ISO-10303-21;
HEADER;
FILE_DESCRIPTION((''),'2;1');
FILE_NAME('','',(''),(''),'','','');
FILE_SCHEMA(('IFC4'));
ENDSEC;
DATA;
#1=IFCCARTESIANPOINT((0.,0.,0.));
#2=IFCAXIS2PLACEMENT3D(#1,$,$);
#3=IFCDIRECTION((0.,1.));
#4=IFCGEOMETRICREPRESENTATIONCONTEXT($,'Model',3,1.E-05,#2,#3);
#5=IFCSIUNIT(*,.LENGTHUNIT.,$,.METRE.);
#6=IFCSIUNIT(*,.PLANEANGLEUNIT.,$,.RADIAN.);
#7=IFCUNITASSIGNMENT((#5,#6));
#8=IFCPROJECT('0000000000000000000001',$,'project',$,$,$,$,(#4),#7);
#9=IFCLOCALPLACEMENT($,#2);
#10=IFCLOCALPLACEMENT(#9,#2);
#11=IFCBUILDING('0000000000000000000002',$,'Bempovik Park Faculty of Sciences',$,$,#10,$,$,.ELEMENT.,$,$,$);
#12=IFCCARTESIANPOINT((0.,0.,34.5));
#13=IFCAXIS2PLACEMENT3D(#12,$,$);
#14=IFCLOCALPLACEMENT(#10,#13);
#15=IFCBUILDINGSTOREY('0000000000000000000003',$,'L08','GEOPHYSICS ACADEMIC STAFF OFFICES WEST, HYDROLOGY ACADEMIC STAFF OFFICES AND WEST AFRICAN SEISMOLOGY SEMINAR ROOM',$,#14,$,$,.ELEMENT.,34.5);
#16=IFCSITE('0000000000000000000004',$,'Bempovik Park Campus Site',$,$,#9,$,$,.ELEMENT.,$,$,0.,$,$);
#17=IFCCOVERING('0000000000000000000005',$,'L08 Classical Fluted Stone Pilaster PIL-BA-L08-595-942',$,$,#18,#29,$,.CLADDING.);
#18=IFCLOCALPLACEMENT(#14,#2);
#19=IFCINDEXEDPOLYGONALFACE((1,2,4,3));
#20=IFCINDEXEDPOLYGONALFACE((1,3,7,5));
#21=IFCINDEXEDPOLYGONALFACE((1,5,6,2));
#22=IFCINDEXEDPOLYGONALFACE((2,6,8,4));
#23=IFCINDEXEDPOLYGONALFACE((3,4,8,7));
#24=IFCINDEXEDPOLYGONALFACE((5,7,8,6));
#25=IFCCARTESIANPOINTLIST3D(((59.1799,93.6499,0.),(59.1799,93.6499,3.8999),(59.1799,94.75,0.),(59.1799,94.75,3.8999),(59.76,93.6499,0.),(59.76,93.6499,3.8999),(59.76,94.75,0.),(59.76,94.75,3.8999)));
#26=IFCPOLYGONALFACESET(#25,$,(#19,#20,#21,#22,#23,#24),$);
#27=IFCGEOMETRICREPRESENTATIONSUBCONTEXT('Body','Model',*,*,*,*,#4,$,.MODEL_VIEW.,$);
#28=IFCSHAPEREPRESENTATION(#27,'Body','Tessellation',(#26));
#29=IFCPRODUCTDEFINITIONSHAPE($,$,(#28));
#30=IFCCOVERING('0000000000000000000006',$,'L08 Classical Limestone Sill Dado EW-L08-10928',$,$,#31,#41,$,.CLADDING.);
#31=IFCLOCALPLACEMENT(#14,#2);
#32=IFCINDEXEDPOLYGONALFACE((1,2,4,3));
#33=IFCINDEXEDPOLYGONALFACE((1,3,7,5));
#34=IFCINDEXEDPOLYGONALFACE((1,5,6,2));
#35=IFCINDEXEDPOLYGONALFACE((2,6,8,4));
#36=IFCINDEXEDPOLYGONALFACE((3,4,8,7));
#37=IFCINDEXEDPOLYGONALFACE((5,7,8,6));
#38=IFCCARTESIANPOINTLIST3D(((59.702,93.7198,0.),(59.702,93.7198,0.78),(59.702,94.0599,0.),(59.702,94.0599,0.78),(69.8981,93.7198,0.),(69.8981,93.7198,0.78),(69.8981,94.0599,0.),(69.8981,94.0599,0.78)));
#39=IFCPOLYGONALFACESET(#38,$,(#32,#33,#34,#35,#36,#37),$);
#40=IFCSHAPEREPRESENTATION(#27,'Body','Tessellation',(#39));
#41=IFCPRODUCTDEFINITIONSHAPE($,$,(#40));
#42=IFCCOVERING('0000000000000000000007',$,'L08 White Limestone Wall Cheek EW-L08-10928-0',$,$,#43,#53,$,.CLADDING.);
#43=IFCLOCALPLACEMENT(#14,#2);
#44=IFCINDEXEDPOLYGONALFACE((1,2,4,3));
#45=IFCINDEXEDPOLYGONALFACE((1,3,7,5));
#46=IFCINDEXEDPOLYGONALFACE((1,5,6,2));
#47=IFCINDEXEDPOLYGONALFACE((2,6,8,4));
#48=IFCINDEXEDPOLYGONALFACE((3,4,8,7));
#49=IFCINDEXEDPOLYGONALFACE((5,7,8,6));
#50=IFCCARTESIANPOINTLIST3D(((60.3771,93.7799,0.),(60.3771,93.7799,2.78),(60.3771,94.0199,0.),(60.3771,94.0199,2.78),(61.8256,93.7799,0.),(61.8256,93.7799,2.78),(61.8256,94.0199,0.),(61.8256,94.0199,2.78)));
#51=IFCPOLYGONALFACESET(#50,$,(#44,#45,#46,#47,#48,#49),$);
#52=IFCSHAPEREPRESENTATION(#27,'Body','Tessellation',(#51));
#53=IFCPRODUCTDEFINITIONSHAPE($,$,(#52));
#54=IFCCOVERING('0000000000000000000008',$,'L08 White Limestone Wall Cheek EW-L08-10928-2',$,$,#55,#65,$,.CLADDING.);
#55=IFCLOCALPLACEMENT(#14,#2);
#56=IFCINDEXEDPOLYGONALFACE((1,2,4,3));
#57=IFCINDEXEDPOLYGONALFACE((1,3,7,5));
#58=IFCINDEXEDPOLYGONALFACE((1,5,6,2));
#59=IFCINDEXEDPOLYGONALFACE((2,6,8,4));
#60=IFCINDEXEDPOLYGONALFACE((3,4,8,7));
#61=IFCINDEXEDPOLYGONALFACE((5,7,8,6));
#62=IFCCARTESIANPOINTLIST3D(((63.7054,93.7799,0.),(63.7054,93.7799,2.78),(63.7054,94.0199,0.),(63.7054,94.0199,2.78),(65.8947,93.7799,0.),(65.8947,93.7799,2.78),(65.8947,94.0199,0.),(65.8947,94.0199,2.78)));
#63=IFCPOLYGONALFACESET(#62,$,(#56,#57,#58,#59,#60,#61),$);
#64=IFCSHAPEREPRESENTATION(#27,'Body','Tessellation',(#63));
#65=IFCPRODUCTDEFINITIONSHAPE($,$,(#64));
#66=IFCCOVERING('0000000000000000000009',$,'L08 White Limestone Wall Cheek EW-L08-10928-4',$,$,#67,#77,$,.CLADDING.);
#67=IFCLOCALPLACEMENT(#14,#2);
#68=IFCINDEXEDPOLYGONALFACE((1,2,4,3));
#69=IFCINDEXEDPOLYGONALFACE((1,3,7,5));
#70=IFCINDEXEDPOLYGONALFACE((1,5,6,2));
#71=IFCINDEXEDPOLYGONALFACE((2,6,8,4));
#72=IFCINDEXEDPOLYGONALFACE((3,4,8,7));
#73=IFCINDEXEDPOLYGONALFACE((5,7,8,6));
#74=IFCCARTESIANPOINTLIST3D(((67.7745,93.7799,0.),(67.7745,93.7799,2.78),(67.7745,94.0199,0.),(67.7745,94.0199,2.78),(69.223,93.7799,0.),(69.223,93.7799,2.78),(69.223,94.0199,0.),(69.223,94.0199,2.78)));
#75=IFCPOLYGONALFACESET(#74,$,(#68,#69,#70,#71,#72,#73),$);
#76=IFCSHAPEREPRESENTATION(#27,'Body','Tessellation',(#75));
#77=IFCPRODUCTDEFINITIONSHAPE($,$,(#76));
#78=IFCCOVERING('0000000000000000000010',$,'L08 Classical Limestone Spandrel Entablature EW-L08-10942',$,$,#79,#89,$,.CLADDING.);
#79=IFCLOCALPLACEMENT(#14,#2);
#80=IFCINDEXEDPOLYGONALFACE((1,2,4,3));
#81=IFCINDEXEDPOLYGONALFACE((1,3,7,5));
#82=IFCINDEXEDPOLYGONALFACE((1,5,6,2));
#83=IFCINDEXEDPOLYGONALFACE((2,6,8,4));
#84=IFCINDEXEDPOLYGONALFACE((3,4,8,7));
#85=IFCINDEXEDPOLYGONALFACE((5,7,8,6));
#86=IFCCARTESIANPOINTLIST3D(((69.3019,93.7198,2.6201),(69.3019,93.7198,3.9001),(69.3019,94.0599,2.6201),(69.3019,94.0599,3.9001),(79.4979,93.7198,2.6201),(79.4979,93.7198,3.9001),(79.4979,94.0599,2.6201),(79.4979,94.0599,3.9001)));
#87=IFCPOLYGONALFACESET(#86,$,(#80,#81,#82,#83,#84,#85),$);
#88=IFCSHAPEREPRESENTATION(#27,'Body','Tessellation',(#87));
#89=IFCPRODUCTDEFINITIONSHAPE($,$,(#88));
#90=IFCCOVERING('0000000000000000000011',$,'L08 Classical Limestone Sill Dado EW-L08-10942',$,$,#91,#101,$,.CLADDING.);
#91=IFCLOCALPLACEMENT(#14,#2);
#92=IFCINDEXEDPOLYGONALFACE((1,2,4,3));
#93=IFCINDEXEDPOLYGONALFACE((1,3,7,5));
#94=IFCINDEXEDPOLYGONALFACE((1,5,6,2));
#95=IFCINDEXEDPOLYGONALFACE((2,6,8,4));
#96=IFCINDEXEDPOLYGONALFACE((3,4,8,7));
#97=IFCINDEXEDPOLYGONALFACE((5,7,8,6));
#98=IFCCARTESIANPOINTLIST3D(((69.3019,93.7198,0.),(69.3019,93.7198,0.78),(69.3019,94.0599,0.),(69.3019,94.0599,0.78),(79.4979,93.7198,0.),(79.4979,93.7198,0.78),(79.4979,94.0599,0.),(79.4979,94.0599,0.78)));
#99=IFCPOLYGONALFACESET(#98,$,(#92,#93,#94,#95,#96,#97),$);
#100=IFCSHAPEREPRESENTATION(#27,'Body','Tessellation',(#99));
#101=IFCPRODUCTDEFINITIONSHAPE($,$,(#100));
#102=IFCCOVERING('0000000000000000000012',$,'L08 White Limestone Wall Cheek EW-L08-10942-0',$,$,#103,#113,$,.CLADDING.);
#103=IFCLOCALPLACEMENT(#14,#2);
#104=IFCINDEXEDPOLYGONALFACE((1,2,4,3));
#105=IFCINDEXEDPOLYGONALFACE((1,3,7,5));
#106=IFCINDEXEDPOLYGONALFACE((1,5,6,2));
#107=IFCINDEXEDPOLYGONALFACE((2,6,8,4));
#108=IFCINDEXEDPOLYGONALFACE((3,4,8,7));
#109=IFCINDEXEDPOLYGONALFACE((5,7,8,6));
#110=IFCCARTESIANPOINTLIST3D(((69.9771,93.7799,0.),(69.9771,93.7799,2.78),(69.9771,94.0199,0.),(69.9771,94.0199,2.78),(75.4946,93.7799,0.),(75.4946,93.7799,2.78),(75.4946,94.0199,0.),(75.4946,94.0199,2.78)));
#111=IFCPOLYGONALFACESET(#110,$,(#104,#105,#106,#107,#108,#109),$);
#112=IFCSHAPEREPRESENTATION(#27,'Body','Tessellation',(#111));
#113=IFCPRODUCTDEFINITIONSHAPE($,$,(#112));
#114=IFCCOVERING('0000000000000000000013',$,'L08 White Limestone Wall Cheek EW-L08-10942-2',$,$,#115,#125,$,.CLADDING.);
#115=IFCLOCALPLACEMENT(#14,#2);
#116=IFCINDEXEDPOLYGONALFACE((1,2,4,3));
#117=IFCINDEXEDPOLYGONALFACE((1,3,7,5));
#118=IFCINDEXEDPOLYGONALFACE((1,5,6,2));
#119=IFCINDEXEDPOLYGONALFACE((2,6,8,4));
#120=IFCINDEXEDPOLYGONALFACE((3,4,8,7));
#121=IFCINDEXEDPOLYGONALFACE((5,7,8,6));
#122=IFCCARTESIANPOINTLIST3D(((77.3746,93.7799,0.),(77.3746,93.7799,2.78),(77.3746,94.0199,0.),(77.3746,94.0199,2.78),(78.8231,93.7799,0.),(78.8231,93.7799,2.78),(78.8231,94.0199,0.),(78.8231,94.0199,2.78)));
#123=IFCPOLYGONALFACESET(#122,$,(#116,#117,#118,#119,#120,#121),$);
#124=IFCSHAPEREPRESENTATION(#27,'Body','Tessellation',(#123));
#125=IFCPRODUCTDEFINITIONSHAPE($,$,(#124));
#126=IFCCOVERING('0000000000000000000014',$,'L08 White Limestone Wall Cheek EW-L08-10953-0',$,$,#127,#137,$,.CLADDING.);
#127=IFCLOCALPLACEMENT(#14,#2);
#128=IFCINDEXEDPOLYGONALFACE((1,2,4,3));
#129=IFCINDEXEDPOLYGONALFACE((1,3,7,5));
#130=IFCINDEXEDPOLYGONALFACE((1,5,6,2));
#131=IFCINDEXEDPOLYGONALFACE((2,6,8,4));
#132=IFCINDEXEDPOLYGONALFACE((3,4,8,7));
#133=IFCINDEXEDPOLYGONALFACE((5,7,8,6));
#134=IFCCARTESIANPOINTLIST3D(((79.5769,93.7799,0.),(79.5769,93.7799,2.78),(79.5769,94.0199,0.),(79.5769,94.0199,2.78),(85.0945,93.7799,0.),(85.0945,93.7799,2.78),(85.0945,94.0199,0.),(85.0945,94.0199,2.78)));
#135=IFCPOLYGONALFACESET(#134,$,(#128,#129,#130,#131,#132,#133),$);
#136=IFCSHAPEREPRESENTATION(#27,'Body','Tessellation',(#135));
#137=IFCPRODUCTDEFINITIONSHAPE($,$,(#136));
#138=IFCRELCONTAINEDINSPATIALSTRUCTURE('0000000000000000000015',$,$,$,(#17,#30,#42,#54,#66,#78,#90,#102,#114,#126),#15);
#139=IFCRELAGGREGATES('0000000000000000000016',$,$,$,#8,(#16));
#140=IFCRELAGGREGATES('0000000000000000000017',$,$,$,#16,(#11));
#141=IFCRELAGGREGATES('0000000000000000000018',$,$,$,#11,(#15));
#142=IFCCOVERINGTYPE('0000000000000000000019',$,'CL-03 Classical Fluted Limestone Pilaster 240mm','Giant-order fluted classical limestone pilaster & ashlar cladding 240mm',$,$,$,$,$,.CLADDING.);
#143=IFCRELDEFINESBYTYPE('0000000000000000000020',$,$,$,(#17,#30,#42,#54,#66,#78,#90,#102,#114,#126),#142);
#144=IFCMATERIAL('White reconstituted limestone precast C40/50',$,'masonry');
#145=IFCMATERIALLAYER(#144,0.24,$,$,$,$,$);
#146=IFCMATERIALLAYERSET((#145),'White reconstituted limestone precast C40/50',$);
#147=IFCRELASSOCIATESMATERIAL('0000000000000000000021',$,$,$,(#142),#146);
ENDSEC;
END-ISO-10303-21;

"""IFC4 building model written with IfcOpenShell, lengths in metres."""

from ifc_helpers import new_model, si_unit, direction, frame, origin, origin_2d, place, context, subcontext, project, spatial, rectangle, extrude, material, layer, layer_set, type_object, element, save


model = new_model("IFC4")

# Units and contexts
model_context = context("Model", 3, precision=1e-05, world=origin(), true_north=direction((0.0, 1.0)))
body_context = subcontext(model_context, "Body", "Model", "MODEL_VIEW")
ifc_project = project(units=[si_unit("LENGTHUNIT", "METRE"), si_unit("PLANEANGLEUNIT", "RADIAN")], contexts=[model_context])

# Site, building, storey
site_placement = place(None, origin())
site = spatial("IfcSite", under=ifc_project, at=site_placement, Name="Bempovik Park Campus Site", CompositionType="ELEMENT", RefElevation=0.0)
building_placement = place(site_placement, origin())
building = spatial("IfcBuilding", under=site, at=building_placement, Name="Bempovik Park Faculty of Sciences", CompositionType="ELEMENT")
storey_placement = place(building_placement, frame((0.0, 0.0, 34.5)))
storey = spatial("IfcBuildingStorey", under=building, at=storey_placement, Name="L08", Description="GEOPHYSICS ACADEMIC STAFF OFFICES WEST, HYDROLOGY ACADEMIC STAFF OFFICES AND WEST AFRICAN SEISMOLOGY SEMINAR ROOM", CompositionType="ELEMENT", Elevation=34.5)

# Coverings
ifc_material_1 = material(Name="White reconstituted limestone precast C40/50", Category="masonry")
ifc_layer_1 = layer(ifc_material_1, 0.24)
ifc_layer_set_1 = layer_set([ifc_layer_1], Name="White reconstituted limestone precast C40/50")
covering_type = type_object("IfcCoveringType", Name="CL-03 Classical Fluted Limestone Pilaster 240mm", Description="Giant-order fluted classical limestone pilaster & ashlar cladding 240mm", PredefinedType="CLADDING", material=ifc_layer_set_1)
covering_1_placement = place(storey_placement, frame((59.47, 94.2, 0.0), z_axis=(0.0, 0.0, 1.0), x_axis=(1.0, 0.0, 0.0)))
element("IfcCovering", 1, at=covering_1_placement, inside=storey, type_object=covering_type, Name="L08 Classical Fluted Stone Pilaster PIL-BA-L08-595-942", PredefinedType="CLADDING", context=body_context, shape_type="SweptSolid", body=[
    extrude(rectangle(XDim=0.5801, YDim=1.1001, at=origin_2d()), origin(), (0.0, 0.0, 1.0), 3.8999),
])
covering_2_placement = place(storey_placement, frame((64.8, 93.8899, 0.0), z_axis=(0.0, 0.0, 1.0), x_axis=(1.0, 0.0, 0.0)))
element("IfcCovering", 2, at=covering_2_placement, inside=storey, type_object=covering_type, Name="L08 Classical Limestone Sill Dado EW-L08-10928", PredefinedType="CLADDING", context=body_context, shape_type="SweptSolid", body=[
    extrude(rectangle(XDim=10.196, YDim=0.3401, at=origin_2d()), origin(), (0.0, 0.0, 1.0), 0.78),
])
covering_3_placement = place(storey_placement, frame((61.1013, 93.8999, 0.0), z_axis=(0.0, 0.0, 1.0), x_axis=(1.0, 0.0, 0.0)))
element("IfcCovering", 3, at=covering_3_placement, inside=storey, type_object=covering_type, Name="L08 White Limestone Wall Cheek EW-L08-10928-0", PredefinedType="CLADDING", context=body_context, shape_type="SweptSolid", body=[
    extrude(rectangle(XDim=1.4485, YDim=0.24, at=origin_2d()), origin(), (0.0, 0.0, 1.0), 2.78),
])
covering_4_placement = place(storey_placement, frame((64.8, 93.8999, 0.0), z_axis=(0.0, 0.0, 1.0), x_axis=(1.0, 0.0, 0.0)))
element("IfcCovering", 4, at=covering_4_placement, inside=storey, type_object=covering_type, Name="L08 White Limestone Wall Cheek EW-L08-10928-2", PredefinedType="CLADDING", context=body_context, shape_type="SweptSolid", body=[
    extrude(rectangle(XDim=2.1892, YDim=0.24, at=origin_2d()), origin(), (0.0, 0.0, 1.0), 2.78),
])
covering_5_placement = place(storey_placement, frame((68.4988, 93.8999, 0.0), z_axis=(0.0, 0.0, 1.0), x_axis=(1.0, 0.0, 0.0)))
element("IfcCovering", 5, at=covering_5_placement, inside=storey, type_object=covering_type, Name="L08 White Limestone Wall Cheek EW-L08-10928-4", PredefinedType="CLADDING", context=body_context, shape_type="SweptSolid", body=[
    extrude(rectangle(XDim=1.4485, YDim=0.24, at=origin_2d()), origin(), (0.0, 0.0, 1.0), 2.78),
])
covering_6_placement = place(storey_placement, frame((74.3999, 93.8899, 2.6201), z_axis=(0.0, 0.0, 1.0), x_axis=(1.0, 0.0, 0.0)))
element("IfcCovering", 6, at=covering_6_placement, inside=storey, type_object=covering_type, Name="L08 Classical Limestone Spandrel Entablature EW-L08-10942", PredefinedType="CLADDING", context=body_context, shape_type="SweptSolid", body=[
    extrude(rectangle(XDim=10.196, YDim=0.3401, at=origin_2d()), origin(), (0.0, 0.0, 1.0), 1.28),
])
covering_7_placement = place(storey_placement, frame((74.3999, 93.8899, 0.0), z_axis=(0.0, 0.0, 1.0), x_axis=(1.0, 0.0, 0.0)))
element("IfcCovering", 7, at=covering_7_placement, inside=storey, type_object=covering_type, Name="L08 Classical Limestone Sill Dado EW-L08-10942", PredefinedType="CLADDING", context=body_context, shape_type="SweptSolid", body=[
    extrude(rectangle(XDim=10.196, YDim=0.3401, at=origin_2d()), origin(), (0.0, 0.0, 1.0), 0.78),
])
covering_8_placement = place(storey_placement, frame((72.7358, 93.8999, 0.0), z_axis=(0.0, 0.0, 1.0), x_axis=(1.0, 0.0, 0.0)))
element("IfcCovering", 8, at=covering_8_placement, inside=storey, type_object=covering_type, Name="L08 White Limestone Wall Cheek EW-L08-10942-0", PredefinedType="CLADDING", context=body_context, shape_type="SweptSolid", body=[
    extrude(rectangle(XDim=5.5176, YDim=0.24, at=origin_2d()), origin(), (0.0, 0.0, 1.0), 2.78),
])
covering_9_placement = place(storey_placement, frame((78.0989, 93.8999, 0.0), z_axis=(0.0, 0.0, 1.0), x_axis=(1.0, 0.0, 0.0)))
element("IfcCovering", 9, at=covering_9_placement, inside=storey, type_object=covering_type, Name="L08 White Limestone Wall Cheek EW-L08-10942-2", PredefinedType="CLADDING", context=body_context, shape_type="SweptSolid", body=[
    extrude(rectangle(XDim=1.4485, YDim=0.24, at=origin_2d()), origin(), (0.0, 0.0, 1.0), 2.78),
])
covering_10_placement = place(storey_placement, frame((82.3357, 93.8999, 0.0), z_axis=(0.0, 0.0, 1.0), x_axis=(1.0, 0.0, 0.0)))
element("IfcCovering", 10, at=covering_10_placement, inside=storey, type_object=covering_type, Name="L08 White Limestone Wall Cheek EW-L08-10953-0", PredefinedType="CLADDING", context=body_context, shape_type="SweptSolid", body=[
    extrude(rectangle(XDim=5.5176, YDim=0.24, at=origin_2d()), origin(), (0.0, 0.0, 1.0), 2.78),
])

save(model, "model.ifc")
